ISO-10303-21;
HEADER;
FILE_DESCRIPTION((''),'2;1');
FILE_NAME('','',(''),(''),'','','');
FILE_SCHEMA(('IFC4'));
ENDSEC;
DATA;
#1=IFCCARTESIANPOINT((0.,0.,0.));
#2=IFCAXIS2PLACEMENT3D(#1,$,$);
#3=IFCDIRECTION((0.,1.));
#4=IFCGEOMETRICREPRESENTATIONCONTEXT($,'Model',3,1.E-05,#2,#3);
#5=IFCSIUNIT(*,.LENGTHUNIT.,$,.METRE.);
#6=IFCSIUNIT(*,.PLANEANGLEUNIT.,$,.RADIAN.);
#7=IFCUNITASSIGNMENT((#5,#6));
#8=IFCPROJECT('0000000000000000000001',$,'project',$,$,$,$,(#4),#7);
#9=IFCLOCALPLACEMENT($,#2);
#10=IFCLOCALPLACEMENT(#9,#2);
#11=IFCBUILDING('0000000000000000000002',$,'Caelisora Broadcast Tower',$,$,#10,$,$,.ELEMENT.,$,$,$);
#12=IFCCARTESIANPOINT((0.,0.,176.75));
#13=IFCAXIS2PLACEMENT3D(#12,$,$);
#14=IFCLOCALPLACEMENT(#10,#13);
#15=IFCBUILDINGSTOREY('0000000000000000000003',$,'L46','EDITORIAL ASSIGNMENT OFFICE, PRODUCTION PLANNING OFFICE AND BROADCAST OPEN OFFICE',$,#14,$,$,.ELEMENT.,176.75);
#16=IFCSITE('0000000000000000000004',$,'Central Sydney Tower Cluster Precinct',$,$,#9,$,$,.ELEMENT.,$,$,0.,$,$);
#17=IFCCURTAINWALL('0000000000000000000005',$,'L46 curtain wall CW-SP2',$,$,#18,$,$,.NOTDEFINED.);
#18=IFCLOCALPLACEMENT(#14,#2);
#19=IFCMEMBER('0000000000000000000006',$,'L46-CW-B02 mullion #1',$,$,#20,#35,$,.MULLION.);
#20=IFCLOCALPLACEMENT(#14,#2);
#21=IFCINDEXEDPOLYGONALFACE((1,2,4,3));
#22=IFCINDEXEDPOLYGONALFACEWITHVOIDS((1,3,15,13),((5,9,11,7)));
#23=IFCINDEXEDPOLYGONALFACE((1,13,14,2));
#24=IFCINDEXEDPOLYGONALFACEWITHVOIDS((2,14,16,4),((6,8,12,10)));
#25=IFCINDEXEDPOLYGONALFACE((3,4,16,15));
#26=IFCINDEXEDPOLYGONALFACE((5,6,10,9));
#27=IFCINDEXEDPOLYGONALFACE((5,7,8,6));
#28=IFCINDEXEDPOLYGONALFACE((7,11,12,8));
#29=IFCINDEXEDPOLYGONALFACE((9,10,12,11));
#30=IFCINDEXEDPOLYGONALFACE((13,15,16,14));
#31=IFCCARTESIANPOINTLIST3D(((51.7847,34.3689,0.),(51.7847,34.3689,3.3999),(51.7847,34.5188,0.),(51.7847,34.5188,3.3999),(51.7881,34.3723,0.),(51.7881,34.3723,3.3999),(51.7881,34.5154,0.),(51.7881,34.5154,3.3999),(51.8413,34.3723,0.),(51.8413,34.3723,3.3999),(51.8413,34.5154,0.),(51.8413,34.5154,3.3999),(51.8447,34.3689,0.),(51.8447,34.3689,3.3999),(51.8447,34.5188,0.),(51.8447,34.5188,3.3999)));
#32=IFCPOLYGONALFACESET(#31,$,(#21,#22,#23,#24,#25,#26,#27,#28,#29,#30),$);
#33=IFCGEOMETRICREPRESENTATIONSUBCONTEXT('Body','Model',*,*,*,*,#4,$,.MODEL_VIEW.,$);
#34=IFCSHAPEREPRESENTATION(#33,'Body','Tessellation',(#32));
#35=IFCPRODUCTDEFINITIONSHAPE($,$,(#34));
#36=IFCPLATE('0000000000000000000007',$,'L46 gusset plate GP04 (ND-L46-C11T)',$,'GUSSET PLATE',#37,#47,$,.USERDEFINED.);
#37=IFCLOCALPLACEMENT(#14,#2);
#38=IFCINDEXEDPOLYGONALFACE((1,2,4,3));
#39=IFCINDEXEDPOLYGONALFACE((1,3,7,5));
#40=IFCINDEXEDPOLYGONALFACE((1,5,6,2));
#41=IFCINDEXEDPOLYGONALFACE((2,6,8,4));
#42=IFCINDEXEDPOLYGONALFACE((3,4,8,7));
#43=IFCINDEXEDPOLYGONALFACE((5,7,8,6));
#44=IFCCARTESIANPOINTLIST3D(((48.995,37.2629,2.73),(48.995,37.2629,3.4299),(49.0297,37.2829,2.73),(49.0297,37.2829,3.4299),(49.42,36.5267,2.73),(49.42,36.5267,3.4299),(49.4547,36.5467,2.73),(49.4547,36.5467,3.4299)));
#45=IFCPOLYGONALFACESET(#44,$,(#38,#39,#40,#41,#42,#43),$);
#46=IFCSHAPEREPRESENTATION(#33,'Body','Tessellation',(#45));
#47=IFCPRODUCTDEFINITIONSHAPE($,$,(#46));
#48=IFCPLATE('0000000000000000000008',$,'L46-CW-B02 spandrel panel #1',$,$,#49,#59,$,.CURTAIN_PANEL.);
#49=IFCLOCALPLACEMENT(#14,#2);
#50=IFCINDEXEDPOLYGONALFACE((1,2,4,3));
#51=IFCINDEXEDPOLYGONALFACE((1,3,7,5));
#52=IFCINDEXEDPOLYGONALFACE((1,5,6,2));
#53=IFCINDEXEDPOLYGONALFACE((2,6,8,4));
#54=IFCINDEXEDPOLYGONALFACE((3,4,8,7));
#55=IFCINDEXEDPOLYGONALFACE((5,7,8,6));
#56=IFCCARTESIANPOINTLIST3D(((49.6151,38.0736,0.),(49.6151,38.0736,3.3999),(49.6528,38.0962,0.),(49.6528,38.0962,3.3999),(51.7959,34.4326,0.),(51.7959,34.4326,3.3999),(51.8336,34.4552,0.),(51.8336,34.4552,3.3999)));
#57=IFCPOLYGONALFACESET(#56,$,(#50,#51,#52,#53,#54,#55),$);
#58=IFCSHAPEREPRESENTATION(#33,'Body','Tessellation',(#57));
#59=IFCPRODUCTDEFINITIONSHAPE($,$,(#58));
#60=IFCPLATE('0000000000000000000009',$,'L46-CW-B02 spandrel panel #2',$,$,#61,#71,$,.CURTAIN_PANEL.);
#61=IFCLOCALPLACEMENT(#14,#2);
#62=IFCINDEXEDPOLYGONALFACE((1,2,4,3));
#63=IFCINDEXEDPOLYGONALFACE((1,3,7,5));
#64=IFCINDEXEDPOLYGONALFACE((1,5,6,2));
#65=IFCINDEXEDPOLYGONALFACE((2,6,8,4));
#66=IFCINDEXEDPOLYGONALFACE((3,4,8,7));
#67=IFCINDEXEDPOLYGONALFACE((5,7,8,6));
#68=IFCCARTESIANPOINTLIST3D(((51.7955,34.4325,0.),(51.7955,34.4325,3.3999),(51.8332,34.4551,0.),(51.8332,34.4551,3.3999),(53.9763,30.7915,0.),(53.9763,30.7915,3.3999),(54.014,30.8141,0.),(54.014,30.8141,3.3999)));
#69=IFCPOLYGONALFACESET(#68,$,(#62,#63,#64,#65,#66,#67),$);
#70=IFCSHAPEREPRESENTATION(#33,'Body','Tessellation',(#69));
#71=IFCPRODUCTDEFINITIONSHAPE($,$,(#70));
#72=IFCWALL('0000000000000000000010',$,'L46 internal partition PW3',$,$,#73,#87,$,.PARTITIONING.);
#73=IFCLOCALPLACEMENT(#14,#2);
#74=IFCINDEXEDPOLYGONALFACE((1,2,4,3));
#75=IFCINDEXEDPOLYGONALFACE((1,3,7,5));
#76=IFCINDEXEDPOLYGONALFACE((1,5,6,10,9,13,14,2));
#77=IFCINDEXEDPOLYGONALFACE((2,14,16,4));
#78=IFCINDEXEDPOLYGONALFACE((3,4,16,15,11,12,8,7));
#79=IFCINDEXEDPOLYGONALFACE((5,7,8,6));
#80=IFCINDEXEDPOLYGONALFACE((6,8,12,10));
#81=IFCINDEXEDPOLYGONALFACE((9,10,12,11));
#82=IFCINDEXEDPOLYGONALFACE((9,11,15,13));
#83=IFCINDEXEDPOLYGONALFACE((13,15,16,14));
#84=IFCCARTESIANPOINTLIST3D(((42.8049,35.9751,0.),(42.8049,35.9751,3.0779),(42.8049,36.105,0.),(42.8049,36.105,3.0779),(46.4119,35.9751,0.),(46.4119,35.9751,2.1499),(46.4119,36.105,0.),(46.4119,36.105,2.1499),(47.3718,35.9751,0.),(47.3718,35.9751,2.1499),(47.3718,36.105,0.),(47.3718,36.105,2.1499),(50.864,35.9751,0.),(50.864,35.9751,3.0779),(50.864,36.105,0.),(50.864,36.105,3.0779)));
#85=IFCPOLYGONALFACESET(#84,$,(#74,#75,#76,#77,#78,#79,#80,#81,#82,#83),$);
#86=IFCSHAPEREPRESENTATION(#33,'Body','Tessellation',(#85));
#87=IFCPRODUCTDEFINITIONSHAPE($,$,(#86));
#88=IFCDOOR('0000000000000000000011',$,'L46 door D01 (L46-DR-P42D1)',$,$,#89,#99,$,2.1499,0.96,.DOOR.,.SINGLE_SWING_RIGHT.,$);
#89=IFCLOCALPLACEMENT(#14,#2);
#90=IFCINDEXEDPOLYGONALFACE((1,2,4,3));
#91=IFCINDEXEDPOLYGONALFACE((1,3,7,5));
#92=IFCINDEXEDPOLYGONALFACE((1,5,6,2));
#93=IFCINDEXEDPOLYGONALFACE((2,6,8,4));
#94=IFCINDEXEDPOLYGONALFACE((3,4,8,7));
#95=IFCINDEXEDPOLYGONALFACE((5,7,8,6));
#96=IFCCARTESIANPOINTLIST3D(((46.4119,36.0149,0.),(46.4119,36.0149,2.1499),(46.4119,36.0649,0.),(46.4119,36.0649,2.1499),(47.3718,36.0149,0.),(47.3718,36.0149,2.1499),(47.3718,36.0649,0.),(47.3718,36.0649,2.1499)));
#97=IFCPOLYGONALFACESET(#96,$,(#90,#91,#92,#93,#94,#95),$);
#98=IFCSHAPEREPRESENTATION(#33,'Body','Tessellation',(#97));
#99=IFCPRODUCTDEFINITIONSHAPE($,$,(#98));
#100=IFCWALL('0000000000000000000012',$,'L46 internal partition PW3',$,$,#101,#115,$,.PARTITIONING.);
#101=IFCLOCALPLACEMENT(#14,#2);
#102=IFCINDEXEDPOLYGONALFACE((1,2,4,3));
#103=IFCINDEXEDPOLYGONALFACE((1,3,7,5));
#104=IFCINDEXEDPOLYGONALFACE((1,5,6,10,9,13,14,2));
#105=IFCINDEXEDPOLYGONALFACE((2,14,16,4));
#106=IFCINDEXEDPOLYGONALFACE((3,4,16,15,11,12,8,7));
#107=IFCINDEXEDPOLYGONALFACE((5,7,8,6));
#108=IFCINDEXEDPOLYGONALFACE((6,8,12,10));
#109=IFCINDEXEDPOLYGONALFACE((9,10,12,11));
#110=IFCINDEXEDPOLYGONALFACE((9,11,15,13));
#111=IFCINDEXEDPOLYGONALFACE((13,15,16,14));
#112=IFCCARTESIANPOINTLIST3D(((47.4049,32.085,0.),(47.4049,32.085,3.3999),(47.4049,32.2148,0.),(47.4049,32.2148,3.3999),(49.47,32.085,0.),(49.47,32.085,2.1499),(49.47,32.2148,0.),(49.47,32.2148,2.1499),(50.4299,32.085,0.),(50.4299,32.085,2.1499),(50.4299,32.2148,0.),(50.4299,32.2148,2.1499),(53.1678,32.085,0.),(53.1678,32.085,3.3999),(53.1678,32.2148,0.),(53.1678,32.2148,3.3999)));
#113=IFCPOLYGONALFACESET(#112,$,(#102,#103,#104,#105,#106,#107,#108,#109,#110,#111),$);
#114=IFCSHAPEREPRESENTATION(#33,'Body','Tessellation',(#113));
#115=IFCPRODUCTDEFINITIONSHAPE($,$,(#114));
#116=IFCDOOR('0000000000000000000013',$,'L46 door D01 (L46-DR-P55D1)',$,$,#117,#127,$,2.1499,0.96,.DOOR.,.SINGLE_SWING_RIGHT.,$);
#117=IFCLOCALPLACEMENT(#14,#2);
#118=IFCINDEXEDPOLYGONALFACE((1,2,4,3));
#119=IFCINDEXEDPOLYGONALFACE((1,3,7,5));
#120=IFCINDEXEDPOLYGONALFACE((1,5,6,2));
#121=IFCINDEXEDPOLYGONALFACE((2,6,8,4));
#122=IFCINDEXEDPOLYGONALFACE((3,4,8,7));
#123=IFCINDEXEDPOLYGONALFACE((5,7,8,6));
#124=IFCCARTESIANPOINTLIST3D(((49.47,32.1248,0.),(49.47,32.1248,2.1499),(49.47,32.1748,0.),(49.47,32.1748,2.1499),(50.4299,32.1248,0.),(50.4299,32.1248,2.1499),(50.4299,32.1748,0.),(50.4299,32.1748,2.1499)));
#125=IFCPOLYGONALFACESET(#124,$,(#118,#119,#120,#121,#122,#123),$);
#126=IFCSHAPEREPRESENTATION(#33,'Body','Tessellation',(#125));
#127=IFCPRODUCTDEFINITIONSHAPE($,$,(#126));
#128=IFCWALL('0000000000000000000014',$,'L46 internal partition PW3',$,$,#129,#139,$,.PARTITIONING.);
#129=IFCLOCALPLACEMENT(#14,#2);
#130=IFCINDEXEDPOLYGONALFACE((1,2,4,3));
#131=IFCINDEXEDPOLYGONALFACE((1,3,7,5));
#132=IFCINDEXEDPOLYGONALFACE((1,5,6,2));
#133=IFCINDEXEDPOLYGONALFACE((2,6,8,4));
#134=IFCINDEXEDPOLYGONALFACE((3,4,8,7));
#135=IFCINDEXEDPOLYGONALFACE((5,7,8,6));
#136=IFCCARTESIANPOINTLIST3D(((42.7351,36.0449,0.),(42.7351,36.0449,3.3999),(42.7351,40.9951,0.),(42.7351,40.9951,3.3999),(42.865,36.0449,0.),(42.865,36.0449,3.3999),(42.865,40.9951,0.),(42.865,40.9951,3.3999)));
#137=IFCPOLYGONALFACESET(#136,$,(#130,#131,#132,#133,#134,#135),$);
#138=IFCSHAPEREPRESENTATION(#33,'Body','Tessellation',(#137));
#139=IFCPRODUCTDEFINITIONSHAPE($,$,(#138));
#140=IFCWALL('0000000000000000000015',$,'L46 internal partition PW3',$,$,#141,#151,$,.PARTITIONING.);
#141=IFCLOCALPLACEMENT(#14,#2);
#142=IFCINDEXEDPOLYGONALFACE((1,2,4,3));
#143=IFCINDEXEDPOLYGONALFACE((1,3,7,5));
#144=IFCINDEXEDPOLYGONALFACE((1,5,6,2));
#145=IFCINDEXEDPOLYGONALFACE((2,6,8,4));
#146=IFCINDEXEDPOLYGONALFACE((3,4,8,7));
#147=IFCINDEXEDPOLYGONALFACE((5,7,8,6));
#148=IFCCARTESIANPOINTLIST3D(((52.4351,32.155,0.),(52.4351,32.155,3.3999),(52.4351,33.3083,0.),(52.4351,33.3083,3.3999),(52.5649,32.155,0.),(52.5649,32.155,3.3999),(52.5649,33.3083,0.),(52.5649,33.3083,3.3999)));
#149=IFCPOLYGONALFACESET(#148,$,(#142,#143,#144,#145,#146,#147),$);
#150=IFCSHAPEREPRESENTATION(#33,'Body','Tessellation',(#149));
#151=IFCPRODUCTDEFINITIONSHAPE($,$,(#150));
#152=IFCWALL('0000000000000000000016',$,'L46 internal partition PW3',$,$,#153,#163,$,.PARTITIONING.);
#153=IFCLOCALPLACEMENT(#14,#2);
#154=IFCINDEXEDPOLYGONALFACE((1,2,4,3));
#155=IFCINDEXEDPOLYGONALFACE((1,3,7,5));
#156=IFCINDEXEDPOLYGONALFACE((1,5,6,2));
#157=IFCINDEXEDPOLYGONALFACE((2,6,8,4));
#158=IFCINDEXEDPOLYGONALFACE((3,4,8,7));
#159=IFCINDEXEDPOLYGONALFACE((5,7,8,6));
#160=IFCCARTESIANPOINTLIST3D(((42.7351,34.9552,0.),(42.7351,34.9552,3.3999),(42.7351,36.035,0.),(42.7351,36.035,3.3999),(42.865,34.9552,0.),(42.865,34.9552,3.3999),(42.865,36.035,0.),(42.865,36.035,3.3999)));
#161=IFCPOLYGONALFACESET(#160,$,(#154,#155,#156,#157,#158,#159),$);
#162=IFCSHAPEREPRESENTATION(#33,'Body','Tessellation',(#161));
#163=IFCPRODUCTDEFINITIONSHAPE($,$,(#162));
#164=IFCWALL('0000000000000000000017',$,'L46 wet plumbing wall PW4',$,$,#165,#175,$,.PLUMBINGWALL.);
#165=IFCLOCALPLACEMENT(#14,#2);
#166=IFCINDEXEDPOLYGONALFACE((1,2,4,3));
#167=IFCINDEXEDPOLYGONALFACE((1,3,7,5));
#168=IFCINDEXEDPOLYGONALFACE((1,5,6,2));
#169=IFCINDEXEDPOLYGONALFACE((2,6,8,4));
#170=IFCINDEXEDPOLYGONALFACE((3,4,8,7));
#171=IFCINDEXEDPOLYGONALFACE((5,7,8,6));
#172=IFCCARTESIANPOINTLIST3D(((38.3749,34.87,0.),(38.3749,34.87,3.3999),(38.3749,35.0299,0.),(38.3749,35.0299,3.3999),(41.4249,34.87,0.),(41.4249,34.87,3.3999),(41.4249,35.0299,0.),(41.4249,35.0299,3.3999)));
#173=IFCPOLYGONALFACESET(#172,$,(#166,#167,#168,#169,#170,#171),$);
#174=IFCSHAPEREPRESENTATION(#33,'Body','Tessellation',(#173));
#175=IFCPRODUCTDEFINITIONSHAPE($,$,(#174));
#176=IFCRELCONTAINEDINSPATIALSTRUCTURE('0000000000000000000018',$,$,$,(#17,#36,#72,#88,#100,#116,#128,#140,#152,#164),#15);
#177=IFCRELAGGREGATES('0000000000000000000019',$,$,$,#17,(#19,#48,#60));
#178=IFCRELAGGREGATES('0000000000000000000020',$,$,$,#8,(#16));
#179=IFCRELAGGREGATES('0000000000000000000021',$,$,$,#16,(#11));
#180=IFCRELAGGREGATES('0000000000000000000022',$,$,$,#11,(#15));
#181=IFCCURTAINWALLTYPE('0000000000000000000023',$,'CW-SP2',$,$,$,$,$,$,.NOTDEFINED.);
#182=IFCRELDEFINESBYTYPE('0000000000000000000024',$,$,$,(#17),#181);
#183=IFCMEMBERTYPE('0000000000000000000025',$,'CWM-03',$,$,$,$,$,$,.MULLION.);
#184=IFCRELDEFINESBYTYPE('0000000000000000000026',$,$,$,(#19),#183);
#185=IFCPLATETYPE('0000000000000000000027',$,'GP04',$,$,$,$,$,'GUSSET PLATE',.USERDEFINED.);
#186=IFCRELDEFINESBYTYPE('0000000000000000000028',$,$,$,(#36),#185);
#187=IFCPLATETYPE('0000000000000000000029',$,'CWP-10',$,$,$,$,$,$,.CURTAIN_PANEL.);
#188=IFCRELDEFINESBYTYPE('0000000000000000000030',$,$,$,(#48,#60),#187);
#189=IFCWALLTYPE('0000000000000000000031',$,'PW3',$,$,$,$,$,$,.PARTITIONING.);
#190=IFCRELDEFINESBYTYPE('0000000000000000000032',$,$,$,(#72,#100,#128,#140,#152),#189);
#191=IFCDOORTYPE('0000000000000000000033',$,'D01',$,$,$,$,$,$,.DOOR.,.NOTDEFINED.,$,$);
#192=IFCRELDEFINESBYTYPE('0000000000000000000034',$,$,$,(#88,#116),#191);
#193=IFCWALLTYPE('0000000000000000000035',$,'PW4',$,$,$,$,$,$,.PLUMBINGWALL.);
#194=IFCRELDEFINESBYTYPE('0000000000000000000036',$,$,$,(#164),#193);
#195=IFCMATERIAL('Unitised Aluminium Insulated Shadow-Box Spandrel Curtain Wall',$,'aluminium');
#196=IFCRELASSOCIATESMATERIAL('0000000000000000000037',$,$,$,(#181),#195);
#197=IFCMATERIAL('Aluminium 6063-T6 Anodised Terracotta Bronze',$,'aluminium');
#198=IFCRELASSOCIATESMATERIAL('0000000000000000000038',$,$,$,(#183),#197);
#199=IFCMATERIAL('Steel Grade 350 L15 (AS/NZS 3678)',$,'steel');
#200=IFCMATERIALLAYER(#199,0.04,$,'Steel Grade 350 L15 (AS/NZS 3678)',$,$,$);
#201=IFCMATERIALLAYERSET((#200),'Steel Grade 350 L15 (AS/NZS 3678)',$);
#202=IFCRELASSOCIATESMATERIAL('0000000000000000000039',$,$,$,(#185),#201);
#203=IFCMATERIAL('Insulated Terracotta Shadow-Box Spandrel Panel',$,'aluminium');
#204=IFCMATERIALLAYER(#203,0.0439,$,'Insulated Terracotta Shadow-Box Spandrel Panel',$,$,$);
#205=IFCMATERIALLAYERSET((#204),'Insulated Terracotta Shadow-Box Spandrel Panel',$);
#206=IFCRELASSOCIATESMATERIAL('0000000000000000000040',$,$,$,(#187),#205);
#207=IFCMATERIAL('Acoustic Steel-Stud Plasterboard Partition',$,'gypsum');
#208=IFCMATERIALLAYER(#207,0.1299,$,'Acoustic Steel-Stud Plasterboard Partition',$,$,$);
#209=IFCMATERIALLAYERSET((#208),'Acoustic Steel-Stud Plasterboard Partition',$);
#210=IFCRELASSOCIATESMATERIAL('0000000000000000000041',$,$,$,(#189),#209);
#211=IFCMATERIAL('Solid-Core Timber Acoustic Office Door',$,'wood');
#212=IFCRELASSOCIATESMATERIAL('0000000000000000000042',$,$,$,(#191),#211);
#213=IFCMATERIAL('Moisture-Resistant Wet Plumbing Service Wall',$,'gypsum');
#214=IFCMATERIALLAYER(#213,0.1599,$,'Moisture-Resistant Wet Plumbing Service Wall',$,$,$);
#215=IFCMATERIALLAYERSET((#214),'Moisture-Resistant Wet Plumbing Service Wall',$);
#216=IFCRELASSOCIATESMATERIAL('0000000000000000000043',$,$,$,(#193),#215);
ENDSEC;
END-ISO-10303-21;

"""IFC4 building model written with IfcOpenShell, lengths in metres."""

from ifc_helpers import new_model, si_unit, direction, frame, frame_2d, origin, origin_2d, place, context, subcontext, project, spatial, rectangle, hollow_rectangle, extrude, source, transform, mapped, material, layer, layer_set, material_profile, profile_set, type_object, type_shapes, element, fill, aggregate, save


model = new_model("IFC4")

# Units and contexts
model_context = context("Model", 3, precision=1e-05, world=origin(), true_north=direction((0.0, 1.0)))
body_context = subcontext(model_context, "Body", "Model", "MODEL_VIEW")
ifc_project = project(units=[si_unit("LENGTHUNIT", "METRE"), si_unit("PLANEANGLEUNIT", "RADIAN")], contexts=[model_context])

# Site, building, storey
site_placement = place(None, origin())
site = spatial("IfcSite", under=ifc_project, at=site_placement, Name="Central Sydney Tower Cluster Precinct", CompositionType="ELEMENT", RefElevation=0.0)
building_placement = place(site_placement, origin())
building = spatial("IfcBuilding", under=site, at=building_placement, Name="Caelisora Broadcast Tower", CompositionType="ELEMENT")
storey_placement = place(building_placement, frame((0.0, 0.0, 176.75)))
storey = spatial("IfcBuildingStorey", under=building, at=storey_placement, Name="L46", Description="EDITORIAL ASSIGNMENT OFFICE, PRODUCTION PLANNING OFFICE AND BROADCAST OPEN OFFICE", CompositionType="ELEMENT", Elevation=176.75)

# Shared definitions
ifc_material_1 = material(Name="Steel Grade 350 L15 (AS/NZS 3678)", Category="steel")

# Curtain wall, member
ifc_material_2 = material(Name="Unitised Aluminium Insulated Shadow-Box Spandrel Curtain Wall", Category="aluminium")
curtain_wall_type = type_object("IfcCurtainWallType", Name="CW-SP2", PredefinedType="NOTDEFINED", material=ifc_material_2)
curtain_wall_placement = place(storey_placement, origin())
curtain_wall = element("IfcCurtainWall", 1, at=curtain_wall_placement, inside=storey, type_object=curtain_wall_type, Name="L46 curtain wall CW-SP2", PredefinedType="NOTDEFINED")
ifc_material_3 = material(Name="Aluminium 6063-T6 Anodised Terracotta Bronze", Category="aluminium")
ifc_material_profile_1 = material_profile(ifc_material_3, hollow_rectangle(XDim=0.0601, YDim=0.1499, WallThickness=0.0034, at=origin_2d()), Name="Aluminium 6063-T6 Anodised Terracotta Bronze")
ifc_profile_set_1 = profile_set([ifc_material_profile_1], Name="Aluminium 6063-T6 Anodised Terracotta Bronze")
member_type = type_object("IfcMemberType", Name="CWM-03", PredefinedType="MULLION", material=ifc_profile_set_1)
shared_shape_1 = source(origin(), body_context, "Body", "SweptSolid", [
    extrude(hollow_rectangle(XDim=0.0601, YDim=0.1499, WallThickness=0.0034, at=origin_2d()), origin(), (0.0, 0.0, 1.0), 3.3999),
])
type_shapes(member_type, [shared_shape_1])
member_placement = place(storey_placement, frame((51.8147, 34.4438, 0.0), z_axis=(0.0, 0.0, 1.0), x_axis=(1.0, 0.0, 0.0)))
member = element("IfcMember", 2, at=member_placement, type_object=member_type, Name="L46-CW-B02 mullion #1", PredefinedType="MULLION", context=body_context, shape_type="MappedRepresentation", body=[
    mapped(shared_shape_1, transform((0.0, 0.0, 0.0), scale=1.0)),
])

# Plates
ifc_layer_1 = layer(ifc_material_1, 0.04, Name="Steel Grade 350 L15 (AS/NZS 3678)")
ifc_layer_set_1 = layer_set([ifc_layer_1], Name="Steel Grade 350 L15 (AS/NZS 3678)")
plate_type_1 = type_object("IfcPlateType", Name="GP04", ElementType="GUSSET PLATE", PredefinedType="USERDEFINED", material=ifc_layer_set_1)
shared_shape_2 = source(origin(), body_context, "Body", "SweptSolid", [
    extrude(rectangle(XDim=0.8501, YDim=0.04, at=origin_2d()), origin(), (0.0, 0.0, 1.0), 0.7),
])
type_shapes(plate_type_1, [shared_shape_2])
plate_1_placement = place(storey_placement, frame((49.2249, 36.9048, 2.73), z_axis=(0.0, 0.0, 1.0), x_axis=(-0.5, 0.866025, 0.0)))
element("IfcPlate", 3, at=plate_1_placement, inside=storey, type_object=plate_type_1, Name="L46 gusset plate GP04 (ND-L46-C11T)", ObjectType="GUSSET PLATE", PredefinedType="USERDEFINED", context=body_context, shape_type="MappedRepresentation", body=[
    mapped(shared_shape_2, transform((0.0, 0.0, 0.0), scale=1.0)),
])
ifc_material_4 = material(Name="Insulated Terracotta Shadow-Box Spandrel Panel", Category="aluminium")
ifc_layer_2 = layer(ifc_material_4, 0.0439, Name="Insulated Terracotta Shadow-Box Spandrel Panel")
ifc_layer_set_2 = layer_set([ifc_layer_2], Name="Insulated Terracotta Shadow-Box Spandrel Panel")
plate_type_2 = type_object("IfcPlateType", Name="CWP-10", PredefinedType="CURTAIN_PANEL", material=ifc_layer_set_2)
shared_shape_3 = source(origin(), body_context, "Body", "SweptSolid", [
    extrude(rectangle(XDim=4.2441, YDim=0.0439, at=origin_2d()), origin(), (0.0, 0.0, 1.0), 3.3999),
])
type_shapes(plate_type_2, [shared_shape_3])
plate_2_placement = place(storey_placement, frame((50.7244, 36.2644, 0.0), z_axis=(0.0, 0.0, 1.0), x_axis=(0.513841, -0.857886, 0.0)))
plate_2 = element("IfcPlate", 4, at=plate_2_placement, type_object=plate_type_2, Name="L46-CW-B02 spandrel panel #1", PredefinedType="CURTAIN_PANEL", context=body_context, shape_type="MappedRepresentation", body=[
    mapped(shared_shape_3, transform((0.0, 0.0, 0.0), scale=1.0)),
])
plate_3_placement = place(storey_placement, frame((52.9048, 32.6233, 0.0), z_axis=(0.0, 0.0, 1.0), x_axis=(0.513841, -0.857886, 0.0)))
plate_3 = element("IfcPlate", 5, at=plate_3_placement, type_object=plate_type_2, Name="L46-CW-B02 spandrel panel #2", PredefinedType="CURTAIN_PANEL", context=body_context, shape_type="MappedRepresentation", body=[
    mapped(shared_shape_3, transform((0.0, 0.0, 0.0), scale=1.0)),
])
aggregate(curtain_wall, [member, plate_2, plate_3])

# Walls, openings, doors
ifc_material_5 = material(Name="Acoustic Steel-Stud Plasterboard Partition", Category="gypsum")
ifc_layer_3 = layer(ifc_material_5, 0.1299, Name="Acoustic Steel-Stud Plasterboard Partition")
ifc_layer_set_3 = layer_set([ifc_layer_3], Name="Acoustic Steel-Stud Plasterboard Partition")
wall_type_1 = type_object("IfcWallType", Name="PW3", PredefinedType="PARTITIONING", material=ifc_layer_set_3)
wall_1_placement = place(storey_placement, frame((42.8049, 36.04, 0.0), z_axis=(0.0, 0.0, 1.0), x_axis=(1.0, 0.0, 0.0)))
wall_1 = element("IfcWall", 6, at=wall_1_placement, inside=storey, type_object=wall_type_1, Name="L46 internal partition PW3", PredefinedType="PARTITIONING", context=body_context, shape_type="SweptSolid", body=[
    extrude(rectangle(XDim=8.0591, YDim=0.1299, at=frame_2d((4.0295, 0.0))), origin(), (0.0, 0.0, 1.0), 3.0779),
])
opening_1_placement = place(wall_1_placement, frame((3.6069, 0.0, 0.0)))
opening_1 = element("IfcOpeningElement", 7, at=opening_1_placement, cuts=wall_1, PredefinedType="OPENING", context=body_context, shape_type="SweptSolid", body=[
    extrude(rectangle(XDim=0.96, YDim=2.1499, at=frame_2d((0.48, 1.075))), frame((0.0, 0.0769, 0.0), z_axis=(0.0, -1.0, 0.0), x_axis=(1.0, 0.0, 0.0)), (0.0, 0.0, 1.0), 0.1538),
])
ifc_material_6 = material(Name="Solid-Core Timber Acoustic Office Door", Category="wood")
door_type = type_object("IfcDoorType", Name="D01", OperationType="NOTDEFINED", PredefinedType="DOOR", material=ifc_material_6)
door_1_placement = place(opening_1_placement, origin())
door_1 = element("IfcDoor", 8, at=door_1_placement, inside=storey, type_object=door_type, Name="L46 door D01 (L46-DR-P42D1)", OperationType="SINGLE_SWING_RIGHT", OverallHeight=2.1499, OverallWidth=0.96, PredefinedType="DOOR", context=body_context, shape_type="SweptSolid", body=[
    extrude(rectangle(XDim=0.96, YDim=2.1499, at=frame_2d((0.48, 1.075))), frame((0.0, 0.0249, 0.0), z_axis=(0.0, -1.0, 0.0), x_axis=(1.0, 0.0, 0.0)), (0.0, 0.0, 1.0), 0.05),
])
fill(opening_1, door_1)
wall_2_placement = place(storey_placement, frame((47.405, 32.1499, 0.0), z_axis=(0.0, 0.0, 1.0), x_axis=(1.0, 0.0, 0.0)))
wall_2 = element("IfcWall", 9, at=wall_2_placement, inside=storey, type_object=wall_type_1, Name="L46 internal partition PW3", PredefinedType="PARTITIONING", context=body_context, shape_type="SweptSolid", body=[
    extrude(rectangle(XDim=5.7629, YDim=0.1299, at=frame_2d((2.8813, 0.0))), origin(), (0.0, 0.0, 1.0), 3.3999),
])
opening_2_placement = place(wall_2_placement, frame((2.0649, 0.0, 0.0)))
opening_2 = element("IfcOpeningElement", 10, at=opening_2_placement, cuts=wall_2, PredefinedType="OPENING", context=body_context, shape_type="SweptSolid", body=[
    extrude(rectangle(XDim=0.96, YDim=2.1499, at=frame_2d((0.48, 1.075))), frame((0.0, 0.0769, 0.0), z_axis=(0.0, -1.0, 0.0), x_axis=(1.0, 0.0, 0.0)), (0.0, 0.0, 1.0), 0.1538),
])
door_2_placement = place(opening_2_placement, origin())
door_2 = element("IfcDoor", 11, at=door_2_placement, inside=storey, type_object=door_type, Name="L46 door D01 (L46-DR-P55D1)", OperationType="SINGLE_SWING_RIGHT", OverallHeight=2.1499, OverallWidth=0.96, PredefinedType="DOOR", context=body_context, shape_type="SweptSolid", body=[
    extrude(rectangle(XDim=0.96, YDim=2.1499, at=frame_2d((0.48, 1.075))), frame((0.0, 0.0249, 0.0), z_axis=(0.0, -1.0, 0.0), x_axis=(1.0, 0.0, 0.0)), (0.0, 0.0, 1.0), 0.05),
])
fill(opening_2, door_2)

# Walls
wall_3_placement = place(storey_placement, frame((42.8, 36.0449, 0.0), z_axis=(0.0, 0.0, 1.0), x_axis=(0.0, 1.0, 0.0)))
element("IfcWall", 12, at=wall_3_placement, inside=storey, type_object=wall_type_1, Name="L46 internal partition PW3", PredefinedType="PARTITIONING", context=body_context, shape_type="SweptSolid", body=[
    extrude(rectangle(XDim=4.9502, YDim=0.1299, at=frame_2d((2.4751, 0.0))), origin(), (0.0, 0.0, 1.0), 3.3999),
])
wall_4_placement = place(storey_placement, frame((52.5, 32.155, 0.0), z_axis=(0.0, 0.0, 1.0), x_axis=(0.0, 1.0, 0.0)))
element("IfcWall", 13, at=wall_4_placement, inside=storey, type_object=wall_type_1, Name="L46 internal partition PW3", PredefinedType="PARTITIONING", context=body_context, shape_type="SweptSolid", body=[
    extrude(rectangle(XDim=1.1533, YDim=0.1299, at=frame_2d((0.5767, 0.0))), origin(), (0.0, 0.0, 1.0), 3.3999),
])
wall_5_placement = place(storey_placement, frame((42.8, 34.9551, 0.0), z_axis=(0.0, 0.0, 1.0), x_axis=(0.0, 1.0, 0.0)))
element("IfcWall", 14, at=wall_5_placement, inside=storey, type_object=wall_type_1, Name="L46 internal partition PW3", PredefinedType="PARTITIONING", context=body_context, shape_type="SweptSolid", body=[
    extrude(rectangle(XDim=1.0798, YDim=0.1299, at=frame_2d((0.54, 0.0))), origin(), (0.0, 0.0, 1.0), 3.3999),
])
ifc_material_7 = material(Name="Moisture-Resistant Wet Plumbing Service Wall", Category="gypsum")
ifc_layer_4 = layer(ifc_material_7, 0.1599, Name="Moisture-Resistant Wet Plumbing Service Wall")
ifc_layer_set_4 = layer_set([ifc_layer_4], Name="Moisture-Resistant Wet Plumbing Service Wall")
wall_type_2 = type_object("IfcWallType", Name="PW4", PredefinedType="PLUMBINGWALL", material=ifc_layer_set_4)
for number, where, z_axis, x_axis, name in (
    (15, (38.375, 34.95, 0.0), (0.0, 0.0, 1.0), (1.0, 0.0, 0.0), "L46 wet plumbing wall PW4"),
):
    element("IfcWall", number, at=place(storey_placement, frame(where, z_axis=z_axis, x_axis=x_axis)), inside=storey, type_object=wall_type_2, Name=name, PredefinedType="PLUMBINGWALL", context=body_context, shape_type="SweptSolid", body=[
        extrude(rectangle(XDim=3.05, YDim=0.1599, at=frame_2d((1.5249, 0.0))), origin(), (0.0, 0.0, 1.0), 3.3999),
    ])

save(model, "model.ifc")
